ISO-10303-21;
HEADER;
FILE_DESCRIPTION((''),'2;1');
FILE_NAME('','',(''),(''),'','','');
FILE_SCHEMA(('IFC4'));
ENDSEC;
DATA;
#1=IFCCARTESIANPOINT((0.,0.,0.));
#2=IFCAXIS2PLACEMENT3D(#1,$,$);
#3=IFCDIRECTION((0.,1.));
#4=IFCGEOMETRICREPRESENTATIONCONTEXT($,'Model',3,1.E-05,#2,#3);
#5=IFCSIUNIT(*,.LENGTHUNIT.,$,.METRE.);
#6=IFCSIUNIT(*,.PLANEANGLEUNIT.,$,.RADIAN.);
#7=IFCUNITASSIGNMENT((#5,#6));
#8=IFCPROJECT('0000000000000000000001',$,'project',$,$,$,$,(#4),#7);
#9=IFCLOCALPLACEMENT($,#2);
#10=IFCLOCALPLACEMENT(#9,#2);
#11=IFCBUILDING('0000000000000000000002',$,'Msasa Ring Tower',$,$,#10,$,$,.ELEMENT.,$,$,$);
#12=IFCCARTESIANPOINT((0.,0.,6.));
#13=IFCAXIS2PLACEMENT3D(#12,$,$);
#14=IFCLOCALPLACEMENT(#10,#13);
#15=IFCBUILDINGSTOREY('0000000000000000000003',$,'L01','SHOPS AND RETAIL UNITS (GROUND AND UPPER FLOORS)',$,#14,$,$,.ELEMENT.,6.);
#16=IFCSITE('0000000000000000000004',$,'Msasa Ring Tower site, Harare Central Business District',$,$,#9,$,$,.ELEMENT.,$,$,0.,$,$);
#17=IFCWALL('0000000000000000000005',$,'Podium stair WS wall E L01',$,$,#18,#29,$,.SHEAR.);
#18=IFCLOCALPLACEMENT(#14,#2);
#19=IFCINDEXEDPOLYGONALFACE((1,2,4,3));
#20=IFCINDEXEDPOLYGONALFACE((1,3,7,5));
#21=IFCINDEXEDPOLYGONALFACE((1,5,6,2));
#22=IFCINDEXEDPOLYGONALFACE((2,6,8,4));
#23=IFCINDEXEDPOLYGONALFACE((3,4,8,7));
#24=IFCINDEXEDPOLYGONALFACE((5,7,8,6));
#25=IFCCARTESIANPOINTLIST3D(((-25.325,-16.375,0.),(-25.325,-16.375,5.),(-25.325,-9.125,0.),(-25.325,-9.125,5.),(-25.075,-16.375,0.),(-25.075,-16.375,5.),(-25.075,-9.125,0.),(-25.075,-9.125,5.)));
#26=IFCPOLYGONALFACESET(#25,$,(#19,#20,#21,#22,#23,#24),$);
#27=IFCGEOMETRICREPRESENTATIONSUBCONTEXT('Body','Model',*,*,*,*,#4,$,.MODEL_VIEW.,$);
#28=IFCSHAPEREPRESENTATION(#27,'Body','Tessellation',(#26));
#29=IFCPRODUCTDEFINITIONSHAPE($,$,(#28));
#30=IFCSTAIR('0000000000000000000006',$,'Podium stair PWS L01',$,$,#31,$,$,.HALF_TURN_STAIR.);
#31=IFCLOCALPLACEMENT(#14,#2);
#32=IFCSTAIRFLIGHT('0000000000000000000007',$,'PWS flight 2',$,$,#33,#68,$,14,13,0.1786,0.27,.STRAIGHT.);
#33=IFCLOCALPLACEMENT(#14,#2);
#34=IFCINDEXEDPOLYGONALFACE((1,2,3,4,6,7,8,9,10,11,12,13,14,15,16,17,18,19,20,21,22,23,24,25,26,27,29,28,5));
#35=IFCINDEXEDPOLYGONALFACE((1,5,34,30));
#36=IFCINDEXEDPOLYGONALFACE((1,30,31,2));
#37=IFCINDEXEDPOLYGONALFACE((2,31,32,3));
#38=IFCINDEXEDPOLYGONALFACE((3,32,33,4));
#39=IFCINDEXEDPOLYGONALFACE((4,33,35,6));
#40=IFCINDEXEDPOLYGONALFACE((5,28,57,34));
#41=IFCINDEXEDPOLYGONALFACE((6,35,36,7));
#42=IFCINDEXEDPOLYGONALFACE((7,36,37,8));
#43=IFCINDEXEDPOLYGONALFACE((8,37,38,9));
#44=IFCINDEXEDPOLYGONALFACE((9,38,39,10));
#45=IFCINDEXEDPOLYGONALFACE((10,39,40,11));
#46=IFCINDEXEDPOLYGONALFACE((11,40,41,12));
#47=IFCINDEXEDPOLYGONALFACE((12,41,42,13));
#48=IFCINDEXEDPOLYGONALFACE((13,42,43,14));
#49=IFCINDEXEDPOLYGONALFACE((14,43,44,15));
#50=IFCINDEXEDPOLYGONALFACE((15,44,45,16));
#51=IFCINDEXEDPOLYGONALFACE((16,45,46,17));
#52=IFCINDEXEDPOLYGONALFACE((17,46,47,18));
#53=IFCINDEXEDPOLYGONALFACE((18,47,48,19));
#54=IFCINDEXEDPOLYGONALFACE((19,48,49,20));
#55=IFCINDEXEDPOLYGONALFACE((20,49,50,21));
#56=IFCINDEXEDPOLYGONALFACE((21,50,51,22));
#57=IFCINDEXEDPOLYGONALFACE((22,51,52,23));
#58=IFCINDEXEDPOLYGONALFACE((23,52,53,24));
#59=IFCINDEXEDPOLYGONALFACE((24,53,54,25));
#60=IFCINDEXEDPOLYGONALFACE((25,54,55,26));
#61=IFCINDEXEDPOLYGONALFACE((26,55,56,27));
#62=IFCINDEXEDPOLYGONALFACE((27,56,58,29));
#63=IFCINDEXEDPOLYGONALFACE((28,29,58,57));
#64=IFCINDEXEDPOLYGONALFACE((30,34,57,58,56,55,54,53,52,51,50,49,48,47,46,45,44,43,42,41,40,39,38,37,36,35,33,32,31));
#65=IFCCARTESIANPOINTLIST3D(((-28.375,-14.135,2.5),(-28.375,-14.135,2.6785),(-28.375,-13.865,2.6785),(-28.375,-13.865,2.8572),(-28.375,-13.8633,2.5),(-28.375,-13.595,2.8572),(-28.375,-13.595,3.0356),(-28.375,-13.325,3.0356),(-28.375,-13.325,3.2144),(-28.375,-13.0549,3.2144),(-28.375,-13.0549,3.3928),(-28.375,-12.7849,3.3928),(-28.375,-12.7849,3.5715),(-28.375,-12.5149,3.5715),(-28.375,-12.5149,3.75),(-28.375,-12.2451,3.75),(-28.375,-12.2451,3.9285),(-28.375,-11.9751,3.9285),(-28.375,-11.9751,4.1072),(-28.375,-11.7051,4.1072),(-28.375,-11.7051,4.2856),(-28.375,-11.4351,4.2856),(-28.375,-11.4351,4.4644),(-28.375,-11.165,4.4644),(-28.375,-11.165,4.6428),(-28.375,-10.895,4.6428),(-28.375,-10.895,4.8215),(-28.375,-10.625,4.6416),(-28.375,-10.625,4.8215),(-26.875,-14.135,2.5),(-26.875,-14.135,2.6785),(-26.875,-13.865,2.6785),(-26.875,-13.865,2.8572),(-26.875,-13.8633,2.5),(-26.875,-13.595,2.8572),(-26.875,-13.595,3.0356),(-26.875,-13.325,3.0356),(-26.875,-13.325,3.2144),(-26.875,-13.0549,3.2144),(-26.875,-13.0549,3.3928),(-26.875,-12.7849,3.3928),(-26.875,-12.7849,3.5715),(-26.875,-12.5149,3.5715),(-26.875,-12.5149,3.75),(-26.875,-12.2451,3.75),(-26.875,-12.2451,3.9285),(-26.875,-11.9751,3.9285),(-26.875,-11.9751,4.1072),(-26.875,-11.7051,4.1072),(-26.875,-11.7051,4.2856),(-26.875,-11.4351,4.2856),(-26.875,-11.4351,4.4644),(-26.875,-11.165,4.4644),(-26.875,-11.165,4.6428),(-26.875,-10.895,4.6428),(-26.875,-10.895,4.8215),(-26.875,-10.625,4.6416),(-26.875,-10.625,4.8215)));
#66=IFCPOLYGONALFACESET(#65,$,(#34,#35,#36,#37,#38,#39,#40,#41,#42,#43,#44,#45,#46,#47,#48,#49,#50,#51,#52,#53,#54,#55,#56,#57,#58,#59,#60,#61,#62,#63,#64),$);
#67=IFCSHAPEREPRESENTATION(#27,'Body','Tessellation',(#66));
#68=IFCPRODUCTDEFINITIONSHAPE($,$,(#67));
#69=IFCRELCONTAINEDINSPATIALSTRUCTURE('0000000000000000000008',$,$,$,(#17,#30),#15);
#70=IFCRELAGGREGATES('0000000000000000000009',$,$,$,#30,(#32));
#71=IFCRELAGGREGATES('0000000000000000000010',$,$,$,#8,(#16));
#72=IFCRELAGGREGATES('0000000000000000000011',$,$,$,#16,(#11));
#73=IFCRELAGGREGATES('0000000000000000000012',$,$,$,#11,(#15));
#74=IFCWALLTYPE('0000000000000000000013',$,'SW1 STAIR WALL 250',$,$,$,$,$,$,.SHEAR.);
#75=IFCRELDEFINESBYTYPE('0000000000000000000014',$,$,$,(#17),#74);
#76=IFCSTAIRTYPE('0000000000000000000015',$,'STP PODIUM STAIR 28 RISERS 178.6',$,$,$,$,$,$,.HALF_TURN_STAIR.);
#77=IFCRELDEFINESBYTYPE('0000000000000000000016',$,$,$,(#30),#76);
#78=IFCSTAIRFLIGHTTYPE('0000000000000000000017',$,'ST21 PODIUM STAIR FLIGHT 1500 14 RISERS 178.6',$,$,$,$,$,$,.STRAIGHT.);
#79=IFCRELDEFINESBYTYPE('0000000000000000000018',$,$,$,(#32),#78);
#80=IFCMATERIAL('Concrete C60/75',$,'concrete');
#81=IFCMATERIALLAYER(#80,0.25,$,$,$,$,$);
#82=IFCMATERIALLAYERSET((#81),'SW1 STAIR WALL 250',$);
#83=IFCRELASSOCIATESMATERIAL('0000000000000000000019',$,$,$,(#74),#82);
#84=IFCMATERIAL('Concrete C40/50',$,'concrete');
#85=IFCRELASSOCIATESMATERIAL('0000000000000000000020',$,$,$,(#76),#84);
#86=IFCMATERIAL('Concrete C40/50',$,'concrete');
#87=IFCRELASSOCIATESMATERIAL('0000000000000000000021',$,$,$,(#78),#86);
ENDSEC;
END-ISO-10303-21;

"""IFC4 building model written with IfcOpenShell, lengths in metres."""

from ifc_helpers import new_model, si_unit, direction, frame, frame_2d, origin, place, context, subcontext, project, spatial, polyline, rectangle, outline, extrude, material, layer, layer_set, type_object, element, aggregate, save


model = new_model("IFC4")

# Units and contexts
model_context = context("Model", 3, precision=1e-05, world=origin(), true_north=direction((0.0, 1.0)))
body_context = subcontext(model_context, "Body", "Model", "MODEL_VIEW")
ifc_project = project(units=[si_unit("LENGTHUNIT", "METRE"), si_unit("PLANEANGLEUNIT", "RADIAN")], contexts=[model_context])

# Site, building, storey
site_placement = place(None, origin())
site = spatial("IfcSite", under=ifc_project, at=site_placement, Name="Msasa Ring Tower site, Harare Central Business District", CompositionType="ELEMENT", RefElevation=0.0)
building_placement = place(site_placement, origin())
building = spatial("IfcBuilding", under=site, at=building_placement, Name="Msasa Ring Tower", CompositionType="ELEMENT")
storey_placement = place(building_placement, frame((0.0, 0.0, 6.0)))
storey = spatial("IfcBuildingStorey", under=building, at=storey_placement, Name="L01", Description="SHOPS AND RETAIL UNITS (GROUND AND UPPER FLOORS)", CompositionType="ELEMENT", Elevation=6.0)

# Wall
ifc_material_1 = material(Name="Concrete C60/75", Category="concrete")
ifc_layer_1 = layer(ifc_material_1, 0.25)
ifc_layer_set_1 = layer_set([ifc_layer_1], Name="SW1 STAIR WALL 250")
wall_type_1 = type_object("IfcWallType", Name="SW1 STAIR WALL 250", PredefinedType="SHEAR", material=ifc_layer_set_1)
for number, where, z_axis, x_axis, name in (
    (1, (-25.2, -16.375, 0.0), (0.0, 0.0, 1.0), (0.0, 1.0, 0.0), "Podium stair WS wall E L01"),
):
    element("IfcWall", number, at=place(storey_placement, frame(where, z_axis=z_axis, x_axis=x_axis)), inside=storey, type_object=wall_type_1, Name=name, PredefinedType="SHEAR", context=body_context, shape_type="SweptSolid", body=[
        extrude(rectangle(XDim=7.25, YDim=0.25, at=frame_2d((3.625, 0.0))), origin(), (0.0, 0.0, 1.0), 5.0),
    ])

# Stair, stair flight
ifc_material_2 = material(Name="Concrete C40/50", Category="concrete")
stair_type = type_object("IfcStairType", Name="STP PODIUM STAIR 28 RISERS 178.6", PredefinedType="HALF_TURN_STAIR", material=ifc_material_2)
stair_placement = place(storey_placement, origin())
stair = element("IfcStair", 2, at=stair_placement, inside=storey, type_object=stair_type, Name="Podium stair PWS L01", PredefinedType="HALF_TURN_STAIR")
ifc_material_3 = material(Name="Concrete C40/50", Category="concrete")
stair_flight_type = type_object("IfcStairFlightType", Name="ST21 PODIUM STAIR FLIGHT 1500 14 RISERS 178.6", PredefinedType="STRAIGHT", material=ifc_material_3)
stair_flight_placement = place(storey_placement, frame((-27.625, -14.135, 2.5), z_axis=(0.0, 0.0, 1.0), x_axis=(0.0, 1.0, 0.0)))
stair_flight = element("IfcStairFlight", 3, at=stair_flight_placement, type_object=stair_flight_type, Name="PWS flight 2", NumberOfRisers=14, NumberOfTreads=13, PredefinedType="STRAIGHT", RiserHeight=0.1786, TreadLength=0.27, context=body_context, shape_type="SweptSolid", body=[
    extrude(outline(polyline([(0.0, 0.0), (0.0, 0.1785), (0.27, 0.1785), (0.27, 0.3572), (0.54, 0.3572), (0.54, 0.5356), (0.8101, 0.5356), (0.8101, 0.7144), (1.0801, 0.7144), (1.0801, 0.8928), (1.3501, 0.8928), (1.3501, 1.0715), (1.6201, 1.0715), (1.6201, 1.25), (1.8899, 1.25), (1.8899, 1.4285), (2.1599, 1.4285), (2.1599, 1.6072), (2.4299, 1.6072), (2.4299, 1.7856), (2.7, 1.7856), (2.7, 1.9644), (2.97, 1.9644), (2.97, 2.1428), (3.24, 2.1428), (3.24, 2.3215), (3.51, 2.3215), (3.51, 2.5), (3.51, 2.1416), (0.2717, 0.0), (0.0, 0.0)])), frame((0.0, 0.75, 0.0), z_axis=(0.0, -1.0, 0.0), x_axis=(1.0, 0.0, 0.0)), (0.0, 0.0, 1.0), 1.5),
])
aggregate(stair, [stair_flight])

save(model, "model.ifc")
